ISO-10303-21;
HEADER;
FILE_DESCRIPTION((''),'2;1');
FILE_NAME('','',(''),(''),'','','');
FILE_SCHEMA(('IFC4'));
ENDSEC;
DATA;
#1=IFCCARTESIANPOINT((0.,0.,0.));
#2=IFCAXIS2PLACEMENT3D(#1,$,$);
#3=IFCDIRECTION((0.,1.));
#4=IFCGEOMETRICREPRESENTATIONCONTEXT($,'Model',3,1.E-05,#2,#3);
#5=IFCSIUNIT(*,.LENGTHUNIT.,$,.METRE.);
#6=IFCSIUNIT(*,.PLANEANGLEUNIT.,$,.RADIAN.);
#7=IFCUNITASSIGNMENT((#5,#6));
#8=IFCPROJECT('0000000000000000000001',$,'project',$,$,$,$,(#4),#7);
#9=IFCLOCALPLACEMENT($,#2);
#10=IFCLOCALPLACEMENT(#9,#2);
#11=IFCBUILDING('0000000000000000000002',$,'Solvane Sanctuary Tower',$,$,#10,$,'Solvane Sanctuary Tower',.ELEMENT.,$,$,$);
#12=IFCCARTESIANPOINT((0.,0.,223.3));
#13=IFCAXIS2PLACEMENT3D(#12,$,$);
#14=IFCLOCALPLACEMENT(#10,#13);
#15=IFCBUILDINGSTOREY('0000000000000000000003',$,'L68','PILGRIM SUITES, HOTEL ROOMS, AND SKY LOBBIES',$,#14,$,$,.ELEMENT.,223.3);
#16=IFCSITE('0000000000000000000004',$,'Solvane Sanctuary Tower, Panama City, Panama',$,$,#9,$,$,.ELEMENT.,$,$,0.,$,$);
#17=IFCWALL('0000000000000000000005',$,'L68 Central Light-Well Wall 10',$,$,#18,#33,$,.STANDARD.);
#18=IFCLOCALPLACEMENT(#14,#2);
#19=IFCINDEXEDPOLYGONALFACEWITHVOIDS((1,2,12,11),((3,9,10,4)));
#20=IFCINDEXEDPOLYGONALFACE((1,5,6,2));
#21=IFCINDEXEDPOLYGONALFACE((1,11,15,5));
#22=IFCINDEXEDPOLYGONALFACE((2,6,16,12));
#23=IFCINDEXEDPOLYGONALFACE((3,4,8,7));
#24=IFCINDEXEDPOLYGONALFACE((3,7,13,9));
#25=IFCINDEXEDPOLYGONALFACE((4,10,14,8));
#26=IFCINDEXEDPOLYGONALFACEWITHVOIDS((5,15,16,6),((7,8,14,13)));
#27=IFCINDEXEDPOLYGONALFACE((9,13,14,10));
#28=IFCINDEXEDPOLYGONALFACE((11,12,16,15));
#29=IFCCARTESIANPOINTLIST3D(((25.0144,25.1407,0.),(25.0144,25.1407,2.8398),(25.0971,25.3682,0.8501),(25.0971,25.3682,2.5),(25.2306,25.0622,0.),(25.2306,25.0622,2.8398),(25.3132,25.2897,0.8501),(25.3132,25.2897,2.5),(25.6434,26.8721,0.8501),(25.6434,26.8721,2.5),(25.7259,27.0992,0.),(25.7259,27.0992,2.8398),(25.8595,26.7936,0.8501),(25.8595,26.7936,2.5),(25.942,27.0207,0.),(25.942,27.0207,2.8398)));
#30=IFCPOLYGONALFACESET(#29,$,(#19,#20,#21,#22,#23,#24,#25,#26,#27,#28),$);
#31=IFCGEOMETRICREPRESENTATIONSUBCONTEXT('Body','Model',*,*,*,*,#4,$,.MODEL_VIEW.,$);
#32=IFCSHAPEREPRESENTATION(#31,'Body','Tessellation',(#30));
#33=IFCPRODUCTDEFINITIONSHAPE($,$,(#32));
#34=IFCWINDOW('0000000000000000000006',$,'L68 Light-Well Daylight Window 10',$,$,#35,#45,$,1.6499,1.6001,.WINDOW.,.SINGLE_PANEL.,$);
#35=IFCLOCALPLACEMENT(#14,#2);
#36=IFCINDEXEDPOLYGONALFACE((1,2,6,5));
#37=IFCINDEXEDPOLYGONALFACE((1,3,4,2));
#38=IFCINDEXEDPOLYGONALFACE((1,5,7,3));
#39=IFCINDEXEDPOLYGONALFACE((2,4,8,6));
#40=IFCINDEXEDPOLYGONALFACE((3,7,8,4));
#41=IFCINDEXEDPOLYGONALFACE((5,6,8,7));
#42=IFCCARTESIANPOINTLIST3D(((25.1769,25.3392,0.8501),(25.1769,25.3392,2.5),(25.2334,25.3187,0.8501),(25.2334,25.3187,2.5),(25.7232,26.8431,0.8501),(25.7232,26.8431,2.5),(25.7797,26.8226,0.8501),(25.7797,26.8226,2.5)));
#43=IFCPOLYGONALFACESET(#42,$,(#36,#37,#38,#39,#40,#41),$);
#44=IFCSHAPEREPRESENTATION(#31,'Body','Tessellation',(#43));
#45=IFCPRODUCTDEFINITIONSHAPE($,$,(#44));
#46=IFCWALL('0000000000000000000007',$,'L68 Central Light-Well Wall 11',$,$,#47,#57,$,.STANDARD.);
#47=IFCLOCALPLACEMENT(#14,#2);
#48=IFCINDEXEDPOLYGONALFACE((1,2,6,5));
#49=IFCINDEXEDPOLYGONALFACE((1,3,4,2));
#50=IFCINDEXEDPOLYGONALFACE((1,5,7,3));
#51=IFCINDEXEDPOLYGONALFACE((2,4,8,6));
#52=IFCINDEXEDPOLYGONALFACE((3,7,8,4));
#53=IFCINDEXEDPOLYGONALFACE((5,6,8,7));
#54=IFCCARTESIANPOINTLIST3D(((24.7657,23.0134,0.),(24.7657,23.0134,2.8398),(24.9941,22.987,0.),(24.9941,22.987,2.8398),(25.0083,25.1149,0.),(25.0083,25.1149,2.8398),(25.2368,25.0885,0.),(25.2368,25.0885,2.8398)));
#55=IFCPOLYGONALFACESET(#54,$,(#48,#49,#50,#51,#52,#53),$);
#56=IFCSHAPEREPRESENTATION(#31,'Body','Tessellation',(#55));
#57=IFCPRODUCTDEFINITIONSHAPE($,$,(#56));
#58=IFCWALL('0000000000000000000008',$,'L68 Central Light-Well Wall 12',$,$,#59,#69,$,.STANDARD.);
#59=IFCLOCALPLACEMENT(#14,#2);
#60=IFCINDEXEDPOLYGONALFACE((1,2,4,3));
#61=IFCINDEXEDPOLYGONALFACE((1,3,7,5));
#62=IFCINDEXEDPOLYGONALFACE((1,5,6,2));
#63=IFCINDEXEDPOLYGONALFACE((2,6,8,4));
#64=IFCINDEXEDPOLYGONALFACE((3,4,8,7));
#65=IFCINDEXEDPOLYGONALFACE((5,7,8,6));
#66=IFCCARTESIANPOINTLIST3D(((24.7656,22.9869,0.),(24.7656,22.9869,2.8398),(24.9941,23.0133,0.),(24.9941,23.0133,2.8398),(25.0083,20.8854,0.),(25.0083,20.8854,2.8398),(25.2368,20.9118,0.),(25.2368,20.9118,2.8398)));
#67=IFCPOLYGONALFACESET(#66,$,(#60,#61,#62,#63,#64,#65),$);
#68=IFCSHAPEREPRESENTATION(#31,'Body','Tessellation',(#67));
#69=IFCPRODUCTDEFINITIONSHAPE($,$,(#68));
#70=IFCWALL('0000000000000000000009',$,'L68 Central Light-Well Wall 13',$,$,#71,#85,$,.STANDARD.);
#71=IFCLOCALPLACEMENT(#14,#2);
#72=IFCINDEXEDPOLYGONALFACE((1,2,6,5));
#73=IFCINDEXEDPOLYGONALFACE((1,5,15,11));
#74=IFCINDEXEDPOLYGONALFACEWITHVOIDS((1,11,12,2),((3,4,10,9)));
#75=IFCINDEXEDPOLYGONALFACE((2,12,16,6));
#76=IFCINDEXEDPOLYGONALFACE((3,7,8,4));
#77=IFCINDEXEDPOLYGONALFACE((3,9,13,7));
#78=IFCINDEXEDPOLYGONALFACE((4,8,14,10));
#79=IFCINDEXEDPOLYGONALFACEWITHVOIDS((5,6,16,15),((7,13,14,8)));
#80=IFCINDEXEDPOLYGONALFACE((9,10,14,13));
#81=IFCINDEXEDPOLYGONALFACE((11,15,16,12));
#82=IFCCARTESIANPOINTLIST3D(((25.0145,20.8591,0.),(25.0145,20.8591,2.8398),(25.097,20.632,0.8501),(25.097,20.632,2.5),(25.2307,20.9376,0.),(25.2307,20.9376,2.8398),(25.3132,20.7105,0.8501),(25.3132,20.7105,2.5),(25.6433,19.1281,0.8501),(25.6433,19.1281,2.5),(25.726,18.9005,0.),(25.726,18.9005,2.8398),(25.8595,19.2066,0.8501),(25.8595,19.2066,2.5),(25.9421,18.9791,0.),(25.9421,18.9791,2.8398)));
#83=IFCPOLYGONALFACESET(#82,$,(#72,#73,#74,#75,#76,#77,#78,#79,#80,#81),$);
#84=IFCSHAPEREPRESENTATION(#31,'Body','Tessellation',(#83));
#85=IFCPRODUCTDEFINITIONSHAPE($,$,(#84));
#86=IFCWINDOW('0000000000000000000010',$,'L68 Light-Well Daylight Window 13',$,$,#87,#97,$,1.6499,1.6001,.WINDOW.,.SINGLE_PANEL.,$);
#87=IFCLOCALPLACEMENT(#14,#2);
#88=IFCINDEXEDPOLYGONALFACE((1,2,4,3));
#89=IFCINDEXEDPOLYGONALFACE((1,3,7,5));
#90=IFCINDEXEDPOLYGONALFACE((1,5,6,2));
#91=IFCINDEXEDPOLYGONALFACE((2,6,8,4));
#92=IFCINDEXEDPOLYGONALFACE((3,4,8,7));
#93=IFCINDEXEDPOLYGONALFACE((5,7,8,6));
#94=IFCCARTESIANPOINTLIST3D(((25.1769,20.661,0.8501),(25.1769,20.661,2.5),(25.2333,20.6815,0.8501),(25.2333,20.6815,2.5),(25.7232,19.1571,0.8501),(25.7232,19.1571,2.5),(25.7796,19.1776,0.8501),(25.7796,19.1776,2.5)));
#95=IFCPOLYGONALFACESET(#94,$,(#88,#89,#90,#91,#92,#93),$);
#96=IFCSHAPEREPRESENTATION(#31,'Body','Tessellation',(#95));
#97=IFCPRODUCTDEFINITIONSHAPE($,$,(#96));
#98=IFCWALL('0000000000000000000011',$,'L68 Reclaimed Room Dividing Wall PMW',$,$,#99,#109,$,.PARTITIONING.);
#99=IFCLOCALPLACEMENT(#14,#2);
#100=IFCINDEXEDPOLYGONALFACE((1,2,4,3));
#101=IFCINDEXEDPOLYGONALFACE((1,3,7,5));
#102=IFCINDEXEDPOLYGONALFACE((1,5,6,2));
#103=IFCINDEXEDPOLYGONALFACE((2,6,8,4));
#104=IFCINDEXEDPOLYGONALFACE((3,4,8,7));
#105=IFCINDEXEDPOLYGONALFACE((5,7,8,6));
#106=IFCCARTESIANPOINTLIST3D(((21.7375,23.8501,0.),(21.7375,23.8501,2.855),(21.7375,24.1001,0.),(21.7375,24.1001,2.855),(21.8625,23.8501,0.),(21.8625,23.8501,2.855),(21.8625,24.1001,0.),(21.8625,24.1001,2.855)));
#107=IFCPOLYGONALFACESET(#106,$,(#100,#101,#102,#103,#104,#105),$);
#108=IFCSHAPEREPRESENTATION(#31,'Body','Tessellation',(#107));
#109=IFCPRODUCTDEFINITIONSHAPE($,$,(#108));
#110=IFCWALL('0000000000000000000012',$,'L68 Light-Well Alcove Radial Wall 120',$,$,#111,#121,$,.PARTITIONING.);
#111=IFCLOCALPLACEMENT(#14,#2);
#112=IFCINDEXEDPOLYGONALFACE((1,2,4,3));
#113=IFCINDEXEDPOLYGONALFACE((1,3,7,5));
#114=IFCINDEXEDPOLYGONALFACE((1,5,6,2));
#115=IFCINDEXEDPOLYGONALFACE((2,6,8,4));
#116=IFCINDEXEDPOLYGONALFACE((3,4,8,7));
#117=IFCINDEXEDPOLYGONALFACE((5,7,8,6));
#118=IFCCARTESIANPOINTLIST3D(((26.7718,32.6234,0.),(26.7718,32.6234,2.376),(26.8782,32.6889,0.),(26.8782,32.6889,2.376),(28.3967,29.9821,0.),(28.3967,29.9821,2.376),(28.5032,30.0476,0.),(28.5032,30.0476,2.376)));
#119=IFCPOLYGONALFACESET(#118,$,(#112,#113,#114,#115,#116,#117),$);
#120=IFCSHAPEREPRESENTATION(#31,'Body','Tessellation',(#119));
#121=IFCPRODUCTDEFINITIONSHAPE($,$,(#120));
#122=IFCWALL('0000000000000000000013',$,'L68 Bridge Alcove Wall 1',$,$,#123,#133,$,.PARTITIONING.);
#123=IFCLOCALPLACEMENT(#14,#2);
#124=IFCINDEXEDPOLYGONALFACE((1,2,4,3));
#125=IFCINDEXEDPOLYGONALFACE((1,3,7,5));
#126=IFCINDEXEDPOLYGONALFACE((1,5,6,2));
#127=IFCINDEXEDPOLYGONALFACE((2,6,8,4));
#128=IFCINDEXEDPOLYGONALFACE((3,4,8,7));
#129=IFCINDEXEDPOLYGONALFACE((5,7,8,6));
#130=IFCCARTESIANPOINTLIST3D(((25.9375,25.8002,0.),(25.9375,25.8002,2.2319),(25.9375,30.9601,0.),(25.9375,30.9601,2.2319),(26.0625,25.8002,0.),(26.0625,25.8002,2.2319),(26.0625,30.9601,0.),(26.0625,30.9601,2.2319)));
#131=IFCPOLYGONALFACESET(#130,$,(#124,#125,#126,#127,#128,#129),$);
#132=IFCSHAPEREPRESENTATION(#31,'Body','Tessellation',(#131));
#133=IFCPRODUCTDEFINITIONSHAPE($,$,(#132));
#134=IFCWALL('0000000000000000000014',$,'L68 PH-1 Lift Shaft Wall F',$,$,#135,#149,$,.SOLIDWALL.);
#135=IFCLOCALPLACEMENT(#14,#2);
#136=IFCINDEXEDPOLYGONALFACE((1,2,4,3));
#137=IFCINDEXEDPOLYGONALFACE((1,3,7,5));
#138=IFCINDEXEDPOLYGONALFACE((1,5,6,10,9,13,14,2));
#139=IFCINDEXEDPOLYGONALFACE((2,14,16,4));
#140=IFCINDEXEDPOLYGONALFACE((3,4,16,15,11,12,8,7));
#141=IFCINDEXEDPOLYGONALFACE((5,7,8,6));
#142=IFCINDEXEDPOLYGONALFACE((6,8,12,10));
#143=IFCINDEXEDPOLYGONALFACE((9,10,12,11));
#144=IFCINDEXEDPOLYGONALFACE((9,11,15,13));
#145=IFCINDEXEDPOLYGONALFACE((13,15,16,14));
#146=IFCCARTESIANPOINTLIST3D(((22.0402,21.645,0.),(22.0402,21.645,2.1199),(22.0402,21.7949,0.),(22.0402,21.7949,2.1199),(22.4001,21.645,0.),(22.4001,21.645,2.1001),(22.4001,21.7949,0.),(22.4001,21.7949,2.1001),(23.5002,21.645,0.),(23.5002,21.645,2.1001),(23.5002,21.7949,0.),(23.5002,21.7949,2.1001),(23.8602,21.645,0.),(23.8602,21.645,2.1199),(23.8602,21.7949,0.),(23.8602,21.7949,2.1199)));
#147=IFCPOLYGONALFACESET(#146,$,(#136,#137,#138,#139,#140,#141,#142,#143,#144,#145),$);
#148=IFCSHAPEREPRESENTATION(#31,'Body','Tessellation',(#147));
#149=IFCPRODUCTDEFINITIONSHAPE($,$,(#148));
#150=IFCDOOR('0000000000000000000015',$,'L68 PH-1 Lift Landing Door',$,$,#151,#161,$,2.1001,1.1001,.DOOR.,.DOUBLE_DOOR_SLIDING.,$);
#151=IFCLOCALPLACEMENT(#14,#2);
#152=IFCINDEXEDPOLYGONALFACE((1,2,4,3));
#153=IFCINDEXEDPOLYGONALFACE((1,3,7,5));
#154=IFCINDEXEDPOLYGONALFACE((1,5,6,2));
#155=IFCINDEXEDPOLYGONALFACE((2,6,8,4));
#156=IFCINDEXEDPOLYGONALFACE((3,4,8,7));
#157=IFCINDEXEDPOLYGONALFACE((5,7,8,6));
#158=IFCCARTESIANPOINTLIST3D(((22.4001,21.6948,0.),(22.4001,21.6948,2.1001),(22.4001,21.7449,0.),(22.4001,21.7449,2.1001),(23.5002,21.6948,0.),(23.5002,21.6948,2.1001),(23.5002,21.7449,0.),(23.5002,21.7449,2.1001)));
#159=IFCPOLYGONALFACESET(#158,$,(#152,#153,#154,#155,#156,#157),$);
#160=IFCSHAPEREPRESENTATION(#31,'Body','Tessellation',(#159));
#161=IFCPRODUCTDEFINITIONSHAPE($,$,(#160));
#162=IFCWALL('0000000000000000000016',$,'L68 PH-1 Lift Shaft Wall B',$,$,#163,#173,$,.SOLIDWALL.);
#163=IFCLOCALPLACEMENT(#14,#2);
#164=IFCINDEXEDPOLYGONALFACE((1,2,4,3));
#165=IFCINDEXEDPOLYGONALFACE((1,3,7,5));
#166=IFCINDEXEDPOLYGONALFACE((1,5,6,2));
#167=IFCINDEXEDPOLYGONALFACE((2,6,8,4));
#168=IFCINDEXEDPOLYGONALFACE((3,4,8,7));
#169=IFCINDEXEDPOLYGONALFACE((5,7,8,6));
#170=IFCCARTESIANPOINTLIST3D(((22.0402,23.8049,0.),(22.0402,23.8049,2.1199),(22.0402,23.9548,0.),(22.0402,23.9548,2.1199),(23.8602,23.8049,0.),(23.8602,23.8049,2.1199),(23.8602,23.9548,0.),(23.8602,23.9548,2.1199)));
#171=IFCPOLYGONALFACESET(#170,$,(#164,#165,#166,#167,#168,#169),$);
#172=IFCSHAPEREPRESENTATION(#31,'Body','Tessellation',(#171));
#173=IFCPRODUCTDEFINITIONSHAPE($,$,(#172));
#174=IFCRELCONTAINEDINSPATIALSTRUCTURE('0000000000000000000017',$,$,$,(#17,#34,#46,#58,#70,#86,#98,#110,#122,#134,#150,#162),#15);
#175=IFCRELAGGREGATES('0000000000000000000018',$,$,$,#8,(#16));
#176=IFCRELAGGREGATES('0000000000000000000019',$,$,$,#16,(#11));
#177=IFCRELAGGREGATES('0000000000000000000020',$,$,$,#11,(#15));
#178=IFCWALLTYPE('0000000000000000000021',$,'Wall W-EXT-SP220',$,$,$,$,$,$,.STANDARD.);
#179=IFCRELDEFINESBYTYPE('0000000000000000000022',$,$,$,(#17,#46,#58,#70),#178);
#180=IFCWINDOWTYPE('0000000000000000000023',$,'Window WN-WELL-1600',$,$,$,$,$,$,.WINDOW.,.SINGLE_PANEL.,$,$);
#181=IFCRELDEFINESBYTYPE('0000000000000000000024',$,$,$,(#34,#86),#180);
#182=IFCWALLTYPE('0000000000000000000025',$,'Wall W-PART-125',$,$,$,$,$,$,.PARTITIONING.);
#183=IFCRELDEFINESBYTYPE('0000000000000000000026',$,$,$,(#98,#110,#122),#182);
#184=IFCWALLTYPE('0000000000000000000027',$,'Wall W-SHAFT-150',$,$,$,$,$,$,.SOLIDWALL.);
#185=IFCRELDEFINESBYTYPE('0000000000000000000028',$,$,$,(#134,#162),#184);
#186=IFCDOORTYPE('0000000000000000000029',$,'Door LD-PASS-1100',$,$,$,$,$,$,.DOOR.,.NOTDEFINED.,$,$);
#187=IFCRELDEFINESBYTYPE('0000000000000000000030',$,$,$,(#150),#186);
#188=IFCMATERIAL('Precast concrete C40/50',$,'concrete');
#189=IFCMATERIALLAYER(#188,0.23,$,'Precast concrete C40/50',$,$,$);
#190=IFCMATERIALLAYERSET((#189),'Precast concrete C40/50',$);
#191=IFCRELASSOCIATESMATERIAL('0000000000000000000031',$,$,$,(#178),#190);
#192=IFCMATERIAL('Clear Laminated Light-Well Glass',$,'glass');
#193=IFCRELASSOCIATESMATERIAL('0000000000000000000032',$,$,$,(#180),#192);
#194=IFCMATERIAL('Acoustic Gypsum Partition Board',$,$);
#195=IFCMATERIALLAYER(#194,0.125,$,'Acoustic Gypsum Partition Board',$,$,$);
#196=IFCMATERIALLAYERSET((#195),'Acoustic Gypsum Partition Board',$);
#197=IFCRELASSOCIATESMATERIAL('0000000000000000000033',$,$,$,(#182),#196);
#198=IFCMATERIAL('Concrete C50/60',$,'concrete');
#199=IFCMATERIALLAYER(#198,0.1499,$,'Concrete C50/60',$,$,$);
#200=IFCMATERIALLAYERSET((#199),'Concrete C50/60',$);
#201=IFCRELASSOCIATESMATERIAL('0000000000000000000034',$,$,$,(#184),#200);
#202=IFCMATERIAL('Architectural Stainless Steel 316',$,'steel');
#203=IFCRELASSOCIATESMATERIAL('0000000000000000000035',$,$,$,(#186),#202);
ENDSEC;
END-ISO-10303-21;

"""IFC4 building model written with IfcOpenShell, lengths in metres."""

from ifc_helpers import new_model, si_unit, direction, frame, frame_2d, origin, place, context, subcontext, project, spatial, rectangle, extrude, material, layer, layer_set, type_object, element, fill, save


model = new_model("IFC4")

# Units and contexts
model_context = context("Model", 3, precision=1e-05, world=origin(), true_north=direction((0.0, 1.0)))
body_context = subcontext(model_context, "Body", "Model", "MODEL_VIEW")
ifc_project = project(units=[si_unit("LENGTHUNIT", "METRE"), si_unit("PLANEANGLEUNIT", "RADIAN")], contexts=[model_context])

# Site, building, storey
site_placement = place(None, origin())
site = spatial("IfcSite", under=ifc_project, at=site_placement, Name="Solvane Sanctuary Tower, Panama City, Panama", CompositionType="ELEMENT", RefElevation=0.0)
building_placement = place(site_placement, origin())
building = spatial("IfcBuilding", under=site, at=building_placement, Name="Solvane Sanctuary Tower", LongName="Solvane Sanctuary Tower", CompositionType="ELEMENT")
storey_placement = place(building_placement, frame((0.0, 0.0, 223.3)))
storey = spatial("IfcBuildingStorey", under=building, at=storey_placement, Name="L68", Description="PILGRIM SUITES, HOTEL ROOMS, AND SKY LOBBIES", CompositionType="ELEMENT", Elevation=223.3)

# Shared definitions
ifc_material_1 = material(Name="Concrete C50/60", Category="concrete")

# Shared definitions
ifc_material_2 = material(Name="Acoustic Gypsum Partition Board")
ifc_material_3 = material(Name="Architectural Stainless Steel 316", Category="steel")

# Shared definitions
ifc_material_4 = material(Name="Precast concrete C40/50", Category="concrete")
ifc_layer_1 = layer(ifc_material_4, 0.23, Name="Precast concrete C40/50")
ifc_layer_set_1 = layer_set([ifc_layer_1], Name="Precast concrete C40/50")
wall_type_1 = type_object("IfcWallType", Name="Wall W-EXT-SP220", PredefinedType="STANDARD", material=ifc_layer_set_1)

# Wall, opening, window
wall_1_placement = place(storey_placement, frame((25.834, 27.0601, 0.0), z_axis=(0.0, 0.0, 1.0), x_axis=(-0.341423, -0.93991, 0.0)))
wall_1 = element("IfcWall", 1, at=wall_1_placement, inside=storey, type_object=wall_type_1, Name="L68 Central Light-Well Wall 10", PredefinedType="STANDARD", context=body_context, shape_type="SweptSolid", body=[
    extrude(rectangle(XDim=2.0837, YDim=0.23, at=frame_2d((1.042, 0.0))), origin(), (0.0, 0.0, 1.0), 2.8398),
])
opening_1_placement = place(wall_1_placement, frame((0.2417, 0.0, 0.8501)))
opening_1 = element("IfcOpeningElement", 2, at=opening_1_placement, cuts=wall_1, PredefinedType="OPENING", context=body_context, shape_type="SweptSolid", body=[
    extrude(rectangle(XDim=1.6001, YDim=1.6499, at=frame_2d((0.8, 0.825))), frame((0.0, 0.125, 0.0), z_axis=(0.0, -1.0, 0.0), x_axis=(1.0, 0.0, 0.0)), (0.0, 0.0, 1.0), 0.25),
])
ifc_material_5 = material(Name="Clear Laminated Light-Well Glass", Category="glass")
window_type = type_object("IfcWindowType", Name="Window WN-WELL-1600", PartitioningType="SINGLE_PANEL", PredefinedType="WINDOW", material=ifc_material_5)
window_1_placement = place(opening_1_placement, origin())
window_1 = element("IfcWindow", 3, at=window_1_placement, inside=storey, type_object=window_type, Name="L68 Light-Well Daylight Window 10", OverallHeight=1.6499, OverallWidth=1.6001, PartitioningType="SINGLE_PANEL", PredefinedType="WINDOW", context=body_context, shape_type="SweptSolid", body=[
    extrude(rectangle(XDim=1.6001, YDim=1.6499, at=frame_2d((0.8, 0.825))), frame((0.0, 0.03, 0.0), z_axis=(0.0, -1.0, 0.0), x_axis=(1.0, 0.0, 0.0)), (0.0, 0.0, 1.0), 0.0601),
])
fill(opening_1, window_1)

# Walls
for number, where, z_axis, x_axis, name in (
    (4, (25.1226, 25.1016, 0.0), (0.0, 0.0, 1.0), (-0.114712, -0.993399, 0.0), "L68 Central Light-Well Wall 11"),
    (5, (24.8799, 23.0, 0.0), (0.0, 0.0, 1.0), (0.114712, -0.993399, 0.0), "L68 Central Light-Well Wall 12"),
):
    element("IfcWall", number, at=place(storey_placement, frame(where, z_axis=z_axis, x_axis=x_axis)), inside=storey, type_object=wall_type_1, Name=name, PredefinedType="STANDARD", context=body_context, shape_type="SweptSolid", body=[
        extrude(rectangle(XDim=2.1155, YDim=0.23, at=frame_2d((1.0576, 0.0))), origin(), (0.0, 0.0, 1.0), 2.8398),
    ])

# Wall, opening, window
wall_2_placement = place(storey_placement, frame((25.1226, 20.8984, 0.0), z_axis=(0.0, 0.0, 1.0), x_axis=(0.341423, -0.93991, 0.0)))
wall_2 = element("IfcWall", 6, at=wall_2_placement, inside=storey, type_object=wall_type_1, Name="L68 Central Light-Well Wall 13", PredefinedType="STANDARD", context=body_context, shape_type="SweptSolid", body=[
    extrude(rectangle(XDim=2.0837, YDim=0.23, at=frame_2d((1.042, 0.0))), origin(), (0.0, 0.0, 1.0), 2.8398),
])
opening_2_placement = place(wall_2_placement, frame((0.2417, 0.0, 0.8501)))
opening_2 = element("IfcOpeningElement", 7, at=opening_2_placement, cuts=wall_2, PredefinedType="OPENING", context=body_context, shape_type="SweptSolid", body=[
    extrude(rectangle(XDim=1.6001, YDim=1.6499, at=frame_2d((0.8, 0.825))), frame((0.0, 0.125, 0.0), z_axis=(0.0, -1.0, 0.0), x_axis=(1.0, 0.0, 0.0)), (0.0, 0.0, 1.0), 0.25),
])
window_2_placement = place(opening_2_placement, origin())
window_2 = element("IfcWindow", 8, at=window_2_placement, inside=storey, type_object=window_type, Name="L68 Light-Well Daylight Window 13", OverallHeight=1.6499, OverallWidth=1.6001, PartitioningType="SINGLE_PANEL", PredefinedType="WINDOW", context=body_context, shape_type="SweptSolid", body=[
    extrude(rectangle(XDim=1.6001, YDim=1.6499, at=frame_2d((0.8, 0.825))), frame((0.0, 0.03, 0.0), z_axis=(0.0, -1.0, 0.0), x_axis=(1.0, 0.0, 0.0)), (0.0, 0.0, 1.0), 0.0601),
])
fill(opening_2, window_2)

# Walls
ifc_layer_2 = layer(ifc_material_2, 0.125, Name="Acoustic Gypsum Partition Board")
ifc_layer_set_2 = layer_set([ifc_layer_2], Name="Acoustic Gypsum Partition Board")
wall_type_2 = type_object("IfcWallType", Name="Wall W-PART-125", PredefinedType="PARTITIONING", material=ifc_layer_set_2)
wall_3_placement = place(storey_placement, frame((21.8, 23.8501, 0.0), z_axis=(0.0, 0.0, 1.0), x_axis=(0.0, 1.0, 0.0)))
element("IfcWall", 9, at=wall_3_placement, inside=storey, type_object=wall_type_2, Name="L68 Reclaimed Room Dividing Wall PMW", PredefinedType="PARTITIONING", context=body_context, shape_type="SweptSolid", body=[
    extrude(rectangle(XDim=0.25, YDim=0.125, at=frame_2d((0.125, 0.0))), origin(), (0.0, 0.0, 1.0), 2.855),
])
wall_4_placement = place(storey_placement, frame((28.45, 30.0149, 0.0), z_axis=(0.0, 0.0, 1.0), x_axis=(-0.523992, 0.851723, 0.0)))
element("IfcWall", 10, at=wall_4_placement, inside=storey, type_object=wall_type_2, Name="L68 Light-Well Alcove Radial Wall 120", PredefinedType="PARTITIONING", context=body_context, shape_type="SweptSolid", body=[
    extrude(rectangle(XDim=3.1011, YDim=0.125, at=frame_2d((1.5505, 0.0))), origin(), (0.0, 0.0, 1.0), 2.376),
])
wall_5_placement = place(storey_placement, frame((26.0, 25.8, 0.0), z_axis=(0.0, 0.0, 1.0), x_axis=(0.0, 1.0, 0.0)))
element("IfcWall", 11, at=wall_5_placement, inside=storey, type_object=wall_type_2, Name="L68 Bridge Alcove Wall 1", PredefinedType="PARTITIONING", context=body_context, shape_type="SweptSolid", body=[
    extrude(rectangle(XDim=5.1599, YDim=0.125, at=frame_2d((2.5801, 0.0))), origin(), (0.0, 0.0, 1.0), 2.2319),
])

# Wall, opening, door
ifc_layer_3 = layer(ifc_material_1, 0.1499, Name="Concrete C50/60")
ifc_layer_set_3 = layer_set([ifc_layer_3], Name="Concrete C50/60")
wall_type_3 = type_object("IfcWallType", Name="Wall W-SHAFT-150", PredefinedType="SOLIDWALL", material=ifc_layer_set_3)
wall_6_placement = place(storey_placement, frame((22.04, 21.72, 0.0), z_axis=(0.0, 0.0, 1.0), x_axis=(1.0, 0.0, 0.0)))
wall_6 = element("IfcWall", 12, at=wall_6_placement, inside=storey, type_object=wall_type_3, Name="L68 PH-1 Lift Shaft Wall F", PredefinedType="SOLIDWALL", context=body_context, shape_type="SweptSolid", body=[
    extrude(rectangle(XDim=1.8201, YDim=0.1499, at=frame_2d((0.9102, 0.0))), origin(), (0.0, 0.0, 1.0), 2.1199),
])
opening_3_placement = place(wall_6_placement, frame((0.3601, 0.0, 0.0)))
opening_3 = element("IfcOpeningElement", 13, at=opening_3_placement, cuts=wall_6, PredefinedType="OPENING", context=body_context, shape_type="SweptSolid", body=[
    extrude(rectangle(XDim=1.1001, YDim=2.1001, at=frame_2d((0.55, 1.05))), frame((0.0, 0.085, 0.0), z_axis=(0.0, -1.0, 0.0), x_axis=(1.0, 0.0, 0.0)), (0.0, 0.0, 1.0), 0.1699),
])
door_type_1 = type_object("IfcDoorType", Name="Door LD-PASS-1100", OperationType="NOTDEFINED", PredefinedType="DOOR", material=ifc_material_3)
door_1_placement = place(opening_3_placement, origin())
door_1 = element("IfcDoor", 14, at=door_1_placement, inside=storey, type_object=door_type_1, Name="L68 PH-1 Lift Landing Door", OperationType="DOUBLE_DOOR_SLIDING", OverallHeight=2.1001, OverallWidth=1.1001, PredefinedType="DOOR", context=body_context, shape_type="SweptSolid", body=[
    extrude(rectangle(XDim=1.1001, YDim=2.1001, at=frame_2d((0.55, 1.05))), frame((0.0, 0.0249, 0.0), z_axis=(0.0, -1.0, 0.0), x_axis=(1.0, 0.0, 0.0)), (0.0, 0.0, 1.0), 0.05),
])
fill(opening_3, door_1)

# Wall
wall_7_placement = place(storey_placement, frame((22.04, 23.8799, 0.0), z_axis=(0.0, 0.0, 1.0), x_axis=(1.0, 0.0, 0.0)))
element("IfcWall", 15, at=wall_7_placement, inside=storey, type_object=wall_type_3, Name="L68 PH-1 Lift Shaft Wall B", PredefinedType="SOLIDWALL", context=body_context, shape_type="SweptSolid", body=[
    extrude(rectangle(XDim=1.8201, YDim=0.1499, at=frame_2d((0.9102, 0.0))), origin(), (0.0, 0.0, 1.0), 2.1199),
])

save(model, "model.ifc")
